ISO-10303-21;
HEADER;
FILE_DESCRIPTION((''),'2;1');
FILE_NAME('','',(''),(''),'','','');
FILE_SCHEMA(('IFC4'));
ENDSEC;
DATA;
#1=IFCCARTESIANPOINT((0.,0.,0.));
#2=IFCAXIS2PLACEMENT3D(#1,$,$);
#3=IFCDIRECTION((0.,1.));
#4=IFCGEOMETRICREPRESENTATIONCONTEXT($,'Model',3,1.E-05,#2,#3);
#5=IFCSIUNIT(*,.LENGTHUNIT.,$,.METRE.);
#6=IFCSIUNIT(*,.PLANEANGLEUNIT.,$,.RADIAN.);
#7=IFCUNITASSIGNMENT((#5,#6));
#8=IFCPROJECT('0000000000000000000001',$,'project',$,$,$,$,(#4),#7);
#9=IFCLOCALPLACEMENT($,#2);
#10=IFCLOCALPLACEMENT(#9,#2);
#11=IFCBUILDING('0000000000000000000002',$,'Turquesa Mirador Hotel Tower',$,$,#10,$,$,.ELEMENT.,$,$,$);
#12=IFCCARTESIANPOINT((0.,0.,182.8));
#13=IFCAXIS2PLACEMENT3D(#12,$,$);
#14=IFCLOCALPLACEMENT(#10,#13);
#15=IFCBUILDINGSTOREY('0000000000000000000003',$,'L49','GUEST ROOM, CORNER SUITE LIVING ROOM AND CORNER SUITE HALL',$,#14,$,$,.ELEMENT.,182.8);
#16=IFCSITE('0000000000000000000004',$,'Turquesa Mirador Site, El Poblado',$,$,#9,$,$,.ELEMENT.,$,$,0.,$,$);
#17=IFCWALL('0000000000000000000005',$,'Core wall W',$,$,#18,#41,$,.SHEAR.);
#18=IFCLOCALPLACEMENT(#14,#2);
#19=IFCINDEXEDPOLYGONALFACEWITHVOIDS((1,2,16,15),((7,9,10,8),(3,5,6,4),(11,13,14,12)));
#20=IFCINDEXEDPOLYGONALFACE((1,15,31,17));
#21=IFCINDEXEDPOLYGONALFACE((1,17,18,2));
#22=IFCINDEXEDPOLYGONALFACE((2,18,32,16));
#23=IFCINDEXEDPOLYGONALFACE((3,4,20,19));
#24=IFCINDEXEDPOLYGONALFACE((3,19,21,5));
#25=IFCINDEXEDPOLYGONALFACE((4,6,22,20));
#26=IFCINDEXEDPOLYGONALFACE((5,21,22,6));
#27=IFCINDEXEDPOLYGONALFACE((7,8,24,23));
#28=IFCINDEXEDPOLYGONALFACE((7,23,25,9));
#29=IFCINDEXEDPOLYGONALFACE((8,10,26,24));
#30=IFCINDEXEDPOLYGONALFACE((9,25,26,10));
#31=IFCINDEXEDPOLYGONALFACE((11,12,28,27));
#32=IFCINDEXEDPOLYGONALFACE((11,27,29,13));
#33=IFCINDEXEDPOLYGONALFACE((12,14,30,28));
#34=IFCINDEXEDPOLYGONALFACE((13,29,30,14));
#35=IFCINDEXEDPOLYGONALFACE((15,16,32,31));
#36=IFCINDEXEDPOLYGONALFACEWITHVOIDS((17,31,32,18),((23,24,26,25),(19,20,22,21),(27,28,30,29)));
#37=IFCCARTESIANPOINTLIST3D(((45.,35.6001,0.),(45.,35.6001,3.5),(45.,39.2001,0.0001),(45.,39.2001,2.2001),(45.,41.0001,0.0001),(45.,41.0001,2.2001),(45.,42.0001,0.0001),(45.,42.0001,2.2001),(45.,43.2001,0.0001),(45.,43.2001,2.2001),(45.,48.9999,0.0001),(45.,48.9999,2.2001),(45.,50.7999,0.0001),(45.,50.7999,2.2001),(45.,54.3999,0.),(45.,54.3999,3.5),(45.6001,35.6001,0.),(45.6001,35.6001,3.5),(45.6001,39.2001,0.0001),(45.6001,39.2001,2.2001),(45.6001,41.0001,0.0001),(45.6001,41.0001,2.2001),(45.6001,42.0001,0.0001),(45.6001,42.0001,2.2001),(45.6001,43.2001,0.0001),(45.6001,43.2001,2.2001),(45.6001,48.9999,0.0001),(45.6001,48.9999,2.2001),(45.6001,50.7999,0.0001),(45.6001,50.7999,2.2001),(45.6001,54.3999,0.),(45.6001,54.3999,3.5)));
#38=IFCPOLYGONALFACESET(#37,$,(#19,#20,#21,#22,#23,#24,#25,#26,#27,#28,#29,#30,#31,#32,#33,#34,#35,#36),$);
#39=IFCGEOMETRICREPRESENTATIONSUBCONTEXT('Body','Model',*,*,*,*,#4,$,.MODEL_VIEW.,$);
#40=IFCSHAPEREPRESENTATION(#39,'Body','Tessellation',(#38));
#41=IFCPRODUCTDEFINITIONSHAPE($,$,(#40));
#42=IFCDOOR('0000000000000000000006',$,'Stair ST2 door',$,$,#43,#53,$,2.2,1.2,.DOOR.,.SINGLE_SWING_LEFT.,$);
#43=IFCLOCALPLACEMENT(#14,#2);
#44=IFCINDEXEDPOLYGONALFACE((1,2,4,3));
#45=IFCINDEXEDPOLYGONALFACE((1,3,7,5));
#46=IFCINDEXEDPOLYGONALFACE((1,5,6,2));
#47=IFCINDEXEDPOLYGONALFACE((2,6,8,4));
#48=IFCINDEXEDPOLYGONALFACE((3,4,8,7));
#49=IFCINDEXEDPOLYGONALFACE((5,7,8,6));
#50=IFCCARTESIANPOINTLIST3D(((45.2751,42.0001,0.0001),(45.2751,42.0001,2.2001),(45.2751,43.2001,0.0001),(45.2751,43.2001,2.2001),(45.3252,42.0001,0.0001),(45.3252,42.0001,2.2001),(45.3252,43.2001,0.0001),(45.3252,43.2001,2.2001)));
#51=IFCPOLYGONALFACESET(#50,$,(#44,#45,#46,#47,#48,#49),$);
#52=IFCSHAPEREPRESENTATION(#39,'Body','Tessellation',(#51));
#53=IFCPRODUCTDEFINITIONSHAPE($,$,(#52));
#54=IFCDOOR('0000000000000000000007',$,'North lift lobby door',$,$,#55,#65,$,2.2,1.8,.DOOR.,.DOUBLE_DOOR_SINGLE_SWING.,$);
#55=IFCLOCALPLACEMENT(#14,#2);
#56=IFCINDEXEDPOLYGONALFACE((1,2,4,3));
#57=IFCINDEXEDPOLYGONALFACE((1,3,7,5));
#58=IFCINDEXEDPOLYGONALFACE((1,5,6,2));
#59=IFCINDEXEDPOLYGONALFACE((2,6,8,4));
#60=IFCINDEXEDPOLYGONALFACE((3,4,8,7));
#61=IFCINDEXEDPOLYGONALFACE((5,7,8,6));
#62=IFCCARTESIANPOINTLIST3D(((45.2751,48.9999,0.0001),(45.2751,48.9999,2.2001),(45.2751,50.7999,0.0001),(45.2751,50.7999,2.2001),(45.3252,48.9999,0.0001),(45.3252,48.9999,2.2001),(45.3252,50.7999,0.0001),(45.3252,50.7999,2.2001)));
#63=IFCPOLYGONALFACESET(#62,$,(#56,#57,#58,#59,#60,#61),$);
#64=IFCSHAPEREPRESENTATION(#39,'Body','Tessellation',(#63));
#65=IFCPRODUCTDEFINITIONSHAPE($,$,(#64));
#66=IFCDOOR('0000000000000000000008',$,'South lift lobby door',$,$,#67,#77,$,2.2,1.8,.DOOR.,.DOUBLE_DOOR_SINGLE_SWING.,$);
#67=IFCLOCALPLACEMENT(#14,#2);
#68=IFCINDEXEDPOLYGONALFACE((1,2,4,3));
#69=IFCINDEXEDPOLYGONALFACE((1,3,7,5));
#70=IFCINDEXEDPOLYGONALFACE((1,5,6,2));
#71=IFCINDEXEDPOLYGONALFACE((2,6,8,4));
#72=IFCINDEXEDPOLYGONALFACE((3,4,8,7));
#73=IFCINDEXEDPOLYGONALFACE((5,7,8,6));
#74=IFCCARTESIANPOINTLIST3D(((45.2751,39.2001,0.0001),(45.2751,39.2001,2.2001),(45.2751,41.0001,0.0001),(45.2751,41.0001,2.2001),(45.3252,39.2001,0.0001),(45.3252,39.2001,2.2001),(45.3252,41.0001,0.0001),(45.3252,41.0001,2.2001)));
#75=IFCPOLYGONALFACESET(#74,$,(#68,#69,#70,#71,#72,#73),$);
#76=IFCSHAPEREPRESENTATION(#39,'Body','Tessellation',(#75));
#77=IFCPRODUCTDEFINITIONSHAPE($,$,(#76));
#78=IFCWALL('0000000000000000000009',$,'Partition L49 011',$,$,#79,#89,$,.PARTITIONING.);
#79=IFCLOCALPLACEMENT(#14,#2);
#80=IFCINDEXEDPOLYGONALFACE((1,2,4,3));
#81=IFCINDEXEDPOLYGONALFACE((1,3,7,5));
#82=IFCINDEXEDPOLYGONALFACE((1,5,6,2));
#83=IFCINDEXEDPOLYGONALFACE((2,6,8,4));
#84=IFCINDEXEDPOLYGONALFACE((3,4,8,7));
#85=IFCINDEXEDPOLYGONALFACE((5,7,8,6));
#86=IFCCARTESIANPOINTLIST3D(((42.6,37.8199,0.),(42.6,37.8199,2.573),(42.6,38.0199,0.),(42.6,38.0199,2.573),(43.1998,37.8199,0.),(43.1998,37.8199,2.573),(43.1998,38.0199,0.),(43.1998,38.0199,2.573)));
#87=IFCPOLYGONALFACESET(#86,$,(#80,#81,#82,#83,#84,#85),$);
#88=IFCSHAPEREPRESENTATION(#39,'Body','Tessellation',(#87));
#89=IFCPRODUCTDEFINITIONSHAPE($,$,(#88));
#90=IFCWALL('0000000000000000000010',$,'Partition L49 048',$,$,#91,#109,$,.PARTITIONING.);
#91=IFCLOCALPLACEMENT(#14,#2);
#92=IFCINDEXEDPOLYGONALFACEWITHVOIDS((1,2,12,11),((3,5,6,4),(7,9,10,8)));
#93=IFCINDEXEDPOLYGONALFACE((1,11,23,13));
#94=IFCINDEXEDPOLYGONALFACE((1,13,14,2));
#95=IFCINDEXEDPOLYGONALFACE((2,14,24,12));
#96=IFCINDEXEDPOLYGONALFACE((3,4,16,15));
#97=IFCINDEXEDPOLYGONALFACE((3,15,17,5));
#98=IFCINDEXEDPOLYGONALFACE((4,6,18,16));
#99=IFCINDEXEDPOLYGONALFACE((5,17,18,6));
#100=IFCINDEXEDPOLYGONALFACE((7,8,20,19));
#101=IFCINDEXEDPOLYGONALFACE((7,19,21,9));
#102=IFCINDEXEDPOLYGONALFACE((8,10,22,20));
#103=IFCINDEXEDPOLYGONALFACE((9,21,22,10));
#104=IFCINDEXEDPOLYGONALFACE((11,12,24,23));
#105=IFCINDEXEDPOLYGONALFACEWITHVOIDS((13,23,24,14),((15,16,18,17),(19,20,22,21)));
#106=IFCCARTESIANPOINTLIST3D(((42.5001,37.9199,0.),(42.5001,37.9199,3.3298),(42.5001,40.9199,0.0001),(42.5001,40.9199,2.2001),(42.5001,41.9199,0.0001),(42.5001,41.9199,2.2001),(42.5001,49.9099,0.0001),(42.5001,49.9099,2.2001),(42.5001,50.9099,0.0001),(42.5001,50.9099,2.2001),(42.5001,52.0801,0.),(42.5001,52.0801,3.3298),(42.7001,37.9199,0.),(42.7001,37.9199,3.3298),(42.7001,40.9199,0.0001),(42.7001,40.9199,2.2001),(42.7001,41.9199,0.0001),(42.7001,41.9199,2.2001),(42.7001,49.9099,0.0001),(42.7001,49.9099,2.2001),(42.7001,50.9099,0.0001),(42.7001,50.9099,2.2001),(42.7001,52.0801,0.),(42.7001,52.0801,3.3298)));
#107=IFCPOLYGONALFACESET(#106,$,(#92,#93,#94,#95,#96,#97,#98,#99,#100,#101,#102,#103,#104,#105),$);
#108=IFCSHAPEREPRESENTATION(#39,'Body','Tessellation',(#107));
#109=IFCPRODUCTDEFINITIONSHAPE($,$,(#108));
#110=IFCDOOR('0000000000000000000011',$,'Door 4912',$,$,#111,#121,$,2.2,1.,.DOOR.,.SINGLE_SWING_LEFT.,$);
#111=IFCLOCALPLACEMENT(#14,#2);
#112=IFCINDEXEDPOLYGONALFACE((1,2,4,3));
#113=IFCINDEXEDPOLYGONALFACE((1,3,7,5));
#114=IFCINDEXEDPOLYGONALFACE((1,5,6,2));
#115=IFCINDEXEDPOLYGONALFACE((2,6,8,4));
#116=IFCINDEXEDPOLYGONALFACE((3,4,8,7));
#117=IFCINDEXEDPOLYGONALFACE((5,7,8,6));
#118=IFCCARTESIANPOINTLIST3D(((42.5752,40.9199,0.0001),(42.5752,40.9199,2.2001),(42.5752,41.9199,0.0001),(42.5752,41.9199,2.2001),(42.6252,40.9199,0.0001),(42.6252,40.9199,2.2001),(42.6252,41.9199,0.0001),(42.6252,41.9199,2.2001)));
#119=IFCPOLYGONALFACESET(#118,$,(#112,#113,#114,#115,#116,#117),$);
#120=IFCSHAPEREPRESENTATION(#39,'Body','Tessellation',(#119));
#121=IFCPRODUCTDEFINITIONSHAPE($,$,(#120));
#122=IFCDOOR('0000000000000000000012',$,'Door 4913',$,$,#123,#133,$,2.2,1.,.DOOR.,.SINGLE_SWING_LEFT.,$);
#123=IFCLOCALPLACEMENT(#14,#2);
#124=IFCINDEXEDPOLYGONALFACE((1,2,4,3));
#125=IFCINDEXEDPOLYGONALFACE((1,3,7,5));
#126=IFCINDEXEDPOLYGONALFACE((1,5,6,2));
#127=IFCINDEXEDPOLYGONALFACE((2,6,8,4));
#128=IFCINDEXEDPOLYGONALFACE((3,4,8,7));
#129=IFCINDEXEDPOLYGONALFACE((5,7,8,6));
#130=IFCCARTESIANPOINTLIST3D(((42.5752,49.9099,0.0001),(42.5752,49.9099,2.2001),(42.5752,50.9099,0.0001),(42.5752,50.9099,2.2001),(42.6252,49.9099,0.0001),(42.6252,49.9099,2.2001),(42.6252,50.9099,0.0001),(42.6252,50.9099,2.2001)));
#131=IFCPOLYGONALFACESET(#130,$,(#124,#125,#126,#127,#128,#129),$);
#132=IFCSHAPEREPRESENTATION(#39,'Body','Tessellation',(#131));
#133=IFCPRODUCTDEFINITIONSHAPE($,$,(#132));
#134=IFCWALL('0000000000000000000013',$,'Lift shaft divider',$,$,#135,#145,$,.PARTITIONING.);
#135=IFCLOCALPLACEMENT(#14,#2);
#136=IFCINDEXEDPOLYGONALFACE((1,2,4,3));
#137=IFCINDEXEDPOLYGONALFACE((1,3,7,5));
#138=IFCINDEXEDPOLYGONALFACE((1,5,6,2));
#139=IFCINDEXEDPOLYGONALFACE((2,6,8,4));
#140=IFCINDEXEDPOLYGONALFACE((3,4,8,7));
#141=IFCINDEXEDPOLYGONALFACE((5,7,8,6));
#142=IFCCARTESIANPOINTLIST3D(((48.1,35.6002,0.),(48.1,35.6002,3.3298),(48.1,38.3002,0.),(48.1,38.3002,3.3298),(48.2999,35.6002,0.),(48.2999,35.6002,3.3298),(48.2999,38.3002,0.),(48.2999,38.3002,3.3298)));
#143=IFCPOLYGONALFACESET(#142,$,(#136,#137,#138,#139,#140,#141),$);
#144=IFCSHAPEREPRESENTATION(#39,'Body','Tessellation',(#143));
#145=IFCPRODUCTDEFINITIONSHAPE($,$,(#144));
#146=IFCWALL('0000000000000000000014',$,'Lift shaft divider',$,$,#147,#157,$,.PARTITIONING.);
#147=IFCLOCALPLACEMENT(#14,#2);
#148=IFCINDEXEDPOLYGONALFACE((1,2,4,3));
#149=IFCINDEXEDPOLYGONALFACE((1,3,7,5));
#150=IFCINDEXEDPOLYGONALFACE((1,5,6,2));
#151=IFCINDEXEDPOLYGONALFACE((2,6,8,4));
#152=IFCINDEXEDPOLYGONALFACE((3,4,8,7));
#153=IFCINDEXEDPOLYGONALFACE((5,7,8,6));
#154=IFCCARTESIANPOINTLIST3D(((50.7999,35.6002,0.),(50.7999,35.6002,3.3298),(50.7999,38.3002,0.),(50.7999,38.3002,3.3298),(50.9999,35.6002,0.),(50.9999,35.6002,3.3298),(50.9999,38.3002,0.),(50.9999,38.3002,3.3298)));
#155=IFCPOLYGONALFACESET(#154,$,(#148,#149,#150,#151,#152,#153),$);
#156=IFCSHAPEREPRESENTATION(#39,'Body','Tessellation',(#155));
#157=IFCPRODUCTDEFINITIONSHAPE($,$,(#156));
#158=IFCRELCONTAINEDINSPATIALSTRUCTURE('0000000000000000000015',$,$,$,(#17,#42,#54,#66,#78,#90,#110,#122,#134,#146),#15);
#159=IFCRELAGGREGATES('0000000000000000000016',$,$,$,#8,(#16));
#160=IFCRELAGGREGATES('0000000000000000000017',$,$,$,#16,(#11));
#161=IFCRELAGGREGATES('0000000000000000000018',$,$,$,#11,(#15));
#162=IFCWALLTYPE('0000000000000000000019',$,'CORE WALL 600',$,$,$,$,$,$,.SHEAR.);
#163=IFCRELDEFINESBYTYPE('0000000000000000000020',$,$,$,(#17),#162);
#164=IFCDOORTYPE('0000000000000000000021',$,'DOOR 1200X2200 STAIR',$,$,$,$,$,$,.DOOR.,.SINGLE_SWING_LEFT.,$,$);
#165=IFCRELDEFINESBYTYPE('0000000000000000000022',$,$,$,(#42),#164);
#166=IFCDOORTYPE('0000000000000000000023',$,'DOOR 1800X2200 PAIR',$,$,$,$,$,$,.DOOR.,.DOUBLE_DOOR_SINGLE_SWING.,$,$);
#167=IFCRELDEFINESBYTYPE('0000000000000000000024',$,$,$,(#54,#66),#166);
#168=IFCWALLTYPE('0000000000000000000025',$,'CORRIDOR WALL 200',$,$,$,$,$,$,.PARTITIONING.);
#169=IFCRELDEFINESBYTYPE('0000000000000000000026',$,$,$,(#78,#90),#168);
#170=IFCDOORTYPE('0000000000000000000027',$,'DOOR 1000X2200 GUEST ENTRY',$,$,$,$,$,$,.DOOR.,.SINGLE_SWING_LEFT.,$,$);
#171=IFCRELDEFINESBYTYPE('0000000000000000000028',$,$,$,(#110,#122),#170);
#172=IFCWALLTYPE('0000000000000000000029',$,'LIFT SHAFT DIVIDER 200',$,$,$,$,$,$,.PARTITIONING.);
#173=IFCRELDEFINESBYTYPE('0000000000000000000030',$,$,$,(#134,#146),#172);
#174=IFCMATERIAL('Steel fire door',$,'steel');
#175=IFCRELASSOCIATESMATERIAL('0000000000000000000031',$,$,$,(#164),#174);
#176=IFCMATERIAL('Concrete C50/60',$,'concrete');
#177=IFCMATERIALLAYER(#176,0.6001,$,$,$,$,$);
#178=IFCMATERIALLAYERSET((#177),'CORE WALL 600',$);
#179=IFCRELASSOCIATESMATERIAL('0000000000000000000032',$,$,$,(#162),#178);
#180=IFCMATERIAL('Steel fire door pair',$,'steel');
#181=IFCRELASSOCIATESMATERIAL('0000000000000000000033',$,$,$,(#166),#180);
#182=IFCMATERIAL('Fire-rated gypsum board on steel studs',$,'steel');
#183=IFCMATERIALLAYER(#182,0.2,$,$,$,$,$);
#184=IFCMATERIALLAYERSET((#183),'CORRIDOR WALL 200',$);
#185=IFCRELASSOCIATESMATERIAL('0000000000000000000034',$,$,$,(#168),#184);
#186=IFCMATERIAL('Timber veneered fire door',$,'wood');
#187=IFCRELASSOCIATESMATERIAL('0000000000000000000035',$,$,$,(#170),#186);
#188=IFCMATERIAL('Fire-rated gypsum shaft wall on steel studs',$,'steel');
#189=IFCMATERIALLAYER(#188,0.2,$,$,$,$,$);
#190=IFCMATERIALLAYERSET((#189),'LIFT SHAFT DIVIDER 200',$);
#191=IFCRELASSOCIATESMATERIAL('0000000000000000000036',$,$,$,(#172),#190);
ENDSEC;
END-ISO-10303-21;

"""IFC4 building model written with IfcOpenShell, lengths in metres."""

from ifc_helpers import new_model, si_unit, direction, frame, frame_2d, origin, place, context, subcontext, project, spatial, rectangle, extrude, material, layer, layer_set, type_object, element, fill, save


model = new_model("IFC4")

# Units and contexts
model_context = context("Model", 3, precision=1e-05, world=origin(), true_north=direction((0.0, 1.0)))
body_context = subcontext(model_context, "Body", "Model", "MODEL_VIEW")
ifc_project = project(units=[si_unit("LENGTHUNIT", "METRE"), si_unit("PLANEANGLEUNIT", "RADIAN")], contexts=[model_context])

# Site, building, storey
site_placement = place(None, origin())
site = spatial("IfcSite", under=ifc_project, at=site_placement, Name="Turquesa Mirador Site, El Poblado", CompositionType="ELEMENT", RefElevation=0.0)
building_placement = place(site_placement, origin())
building = spatial("IfcBuilding", under=site, at=building_placement, Name="Turquesa Mirador Hotel Tower", CompositionType="ELEMENT")
storey_placement = place(building_placement, frame((0.0, 0.0, 182.8)))
storey = spatial("IfcBuildingStorey", under=building, at=storey_placement, Name="L49", Description="GUEST ROOM, CORNER SUITE LIVING ROOM AND CORNER SUITE HALL", CompositionType="ELEMENT", Elevation=182.8)

# Shared definitions
ifc_material_1 = material(Name="Steel fire door", Category="steel")
door_type_1 = type_object("IfcDoorType", Name="DOOR 1200X2200 STAIR", OperationType="SINGLE_SWING_LEFT", PredefinedType="DOOR", material=ifc_material_1)

# Wall, openings, doors
ifc_material_2 = material(Name="Concrete C50/60", Category="concrete")
ifc_layer_1 = layer(ifc_material_2, 0.6001)
ifc_layer_set_1 = layer_set([ifc_layer_1], Name="CORE WALL 600")
wall_type_1 = type_object("IfcWallType", Name="CORE WALL 600", PredefinedType="SHEAR", material=ifc_layer_set_1)
wall_1_placement = place(storey_placement, frame((45.3, 35.6001, 0.0), z_axis=(0.0, 0.0, 1.0), x_axis=(0.0, 1.0, 0.0)))
wall_1 = element("IfcWall", 1, at=wall_1_placement, inside=storey, type_object=wall_type_1, Name="Core wall W", PredefinedType="SHEAR", context=body_context, shape_type="SweptSolid", body=[
    extrude(rectangle(XDim=18.7998, YDim=0.6001, at=frame_2d((9.3999, 0.0))), origin(), (0.0, 0.0, 1.0), 3.5),
])
opening_1_placement = place(wall_1_placement, frame((13.3999, 0.0, 0.0)))
opening_1 = element("IfcOpeningElement", 2, at=opening_1_placement, cuts=wall_1, PredefinedType="OPENING", context=body_context, shape_type="SweptSolid", body=[
    extrude(rectangle(XDim=1.8, YDim=2.2, at=frame_2d((0.8999, 1.1001))), frame((0.0, 0.3101, 0.0), z_axis=(0.0, -1.0, 0.0), x_axis=(1.0, 0.0, 0.0)), (0.0, 0.0, 1.0), 0.6201),
])
opening_2_placement = place(wall_1_placement, frame((3.6001, 0.0, 0.0)))
opening_2 = element("IfcOpeningElement", 3, at=opening_2_placement, cuts=wall_1, PredefinedType="OPENING", context=body_context, shape_type="SweptSolid", body=[
    extrude(rectangle(XDim=1.8, YDim=2.2, at=frame_2d((0.8999, 1.1001))), frame((0.0, 0.3101, 0.0), z_axis=(0.0, -1.0, 0.0), x_axis=(1.0, 0.0, 0.0)), (0.0, 0.0, 1.0), 0.6201),
])
opening_3_placement = place(wall_1_placement, frame((6.3999, 0.0, 0.0)))
opening_3 = element("IfcOpeningElement", 4, at=opening_3_placement, cuts=wall_1, PredefinedType="OPENING", context=body_context, shape_type="SweptSolid", body=[
    extrude(rectangle(XDim=1.2, YDim=2.2, at=frame_2d((0.6001, 1.1001))), frame((0.0, 0.3101, 0.0), z_axis=(0.0, -1.0, 0.0), x_axis=(1.0, 0.0, 0.0)), (0.0, 0.0, 1.0), 0.6201),
])
door_1_placement = place(opening_3_placement, origin())
door_1 = element("IfcDoor", 5, at=door_1_placement, inside=storey, type_object=door_type_1, Name="Stair ST2 door", OperationType="SINGLE_SWING_LEFT", OverallHeight=2.2, OverallWidth=1.2, PredefinedType="DOOR", context=body_context, shape_type="SweptSolid", body=[
    extrude(rectangle(XDim=1.2, YDim=2.2, at=frame_2d((0.6001, 1.1001))), frame((0.0, 0.0249, 0.0), z_axis=(0.0, -1.0, 0.0), x_axis=(1.0, 0.0, 0.0)), (0.0, 0.0, 1.0), 0.05),
])
fill(opening_3, door_1)
ifc_material_3 = material(Name="Steel fire door pair", Category="steel")
door_type_2 = type_object("IfcDoorType", Name="DOOR 1800X2200 PAIR", OperationType="DOUBLE_DOOR_SINGLE_SWING", PredefinedType="DOOR", material=ifc_material_3)
door_2_placement = place(opening_1_placement, origin())
door_2 = element("IfcDoor", 6, at=door_2_placement, inside=storey, type_object=door_type_2, Name="North lift lobby door", OperationType="DOUBLE_DOOR_SINGLE_SWING", OverallHeight=2.2, OverallWidth=1.8, PredefinedType="DOOR", context=body_context, shape_type="SweptSolid", body=[
    extrude(rectangle(XDim=1.8, YDim=2.2, at=frame_2d((0.8999, 1.1001))), frame((0.0, 0.0249, 0.0), z_axis=(0.0, -1.0, 0.0), x_axis=(1.0, 0.0, 0.0)), (0.0, 0.0, 1.0), 0.05),
])
fill(opening_1, door_2)
door_3_placement = place(opening_2_placement, origin())
door_3 = element("IfcDoor", 7, at=door_3_placement, inside=storey, type_object=door_type_2, Name="South lift lobby door", OperationType="DOUBLE_DOOR_SINGLE_SWING", OverallHeight=2.2, OverallWidth=1.8, PredefinedType="DOOR", context=body_context, shape_type="SweptSolid", body=[
    extrude(rectangle(XDim=1.8, YDim=2.2, at=frame_2d((0.8999, 1.1001))), frame((0.0, 0.0249, 0.0), z_axis=(0.0, -1.0, 0.0), x_axis=(1.0, 0.0, 0.0)), (0.0, 0.0, 1.0), 0.05),
])
fill(opening_2, door_3)

# Wall
ifc_material_4 = material(Name="Fire-rated gypsum board on steel studs", Category="steel")
ifc_layer_2 = layer(ifc_material_4, 0.2)
ifc_layer_set_2 = layer_set([ifc_layer_2], Name="CORRIDOR WALL 200")
wall_type_2 = type_object("IfcWallType", Name="CORRIDOR WALL 200", PredefinedType="PARTITIONING", material=ifc_layer_set_2)
wall_2_placement = place(storey_placement, frame((42.6001, 37.9199, 0.0), z_axis=(0.0, 0.0, 1.0), x_axis=(1.0, 0.0, 0.0)))
element("IfcWall", 8, at=wall_2_placement, inside=storey, type_object=wall_type_2, Name="Partition L49 011", PredefinedType="PARTITIONING", context=body_context, shape_type="SweptSolid", body=[
    extrude(rectangle(XDim=0.5999, YDim=0.2, at=frame_2d((0.2998, 0.0))), origin(), (0.0, 0.0, 1.0), 2.573),
])

# Wall, openings, doors
wall_3_placement = place(storey_placement, frame((42.6001, 37.9199, 0.0), z_axis=(0.0, 0.0, 1.0), x_axis=(0.0, 1.0, 0.0)))
wall_3 = element("IfcWall", 9, at=wall_3_placement, inside=storey, type_object=wall_type_2, Name="Partition L49 048", PredefinedType="PARTITIONING", context=body_context, shape_type="SweptSolid", body=[
    extrude(rectangle(XDim=14.1602, YDim=0.2, at=frame_2d((7.0801, 0.0))), origin(), (0.0, 0.0, 1.0), 3.3298),
])
opening_4_placement = place(wall_3_placement, frame((3.0, 0.0, 0.0)))
opening_4 = element("IfcOpeningElement", 10, at=opening_4_placement, cuts=wall_3, PredefinedType="OPENING", context=body_context, shape_type="SweptSolid", body=[
    extrude(rectangle(XDim=1.0, YDim=2.2, at=frame_2d((0.5, 1.1001))), frame((0.0, 0.1099, 0.0), z_axis=(0.0, -1.0, 0.0), x_axis=(1.0, 0.0, 0.0)), (0.0, 0.0, 1.0), 0.22),
])
opening_5_placement = place(wall_3_placement, frame((11.99, 0.0, 0.0)))
opening_5 = element("IfcOpeningElement", 11, at=opening_5_placement, cuts=wall_3, PredefinedType="OPENING", context=body_context, shape_type="SweptSolid", body=[
    extrude(rectangle(XDim=1.0, YDim=2.2, at=frame_2d((0.5, 1.1001))), frame((0.0, 0.1099, 0.0), z_axis=(0.0, -1.0, 0.0), x_axis=(1.0, 0.0, 0.0)), (0.0, 0.0, 1.0), 0.22),
])
ifc_material_5 = material(Name="Timber veneered fire door", Category="wood")
door_type_3 = type_object("IfcDoorType", Name="DOOR 1000X2200 GUEST ENTRY", OperationType="SINGLE_SWING_LEFT", PredefinedType="DOOR", material=ifc_material_5)
door_4_placement = place(opening_4_placement, origin())
door_4 = element("IfcDoor", 12, at=door_4_placement, inside=storey, type_object=door_type_3, Name="Door 4912", OperationType="SINGLE_SWING_LEFT", OverallHeight=2.2, OverallWidth=1.0, PredefinedType="DOOR", context=body_context, shape_type="SweptSolid", body=[
    extrude(rectangle(XDim=1.0, YDim=2.2, at=frame_2d((0.5, 1.1001))), frame((0.0, 0.0249, 0.0), z_axis=(0.0, -1.0, 0.0), x_axis=(1.0, 0.0, 0.0)), (0.0, 0.0, 1.0), 0.05),
])
fill(opening_4, door_4)
door_5_placement = place(opening_5_placement, origin())
door_5 = element("IfcDoor", 13, at=door_5_placement, inside=storey, type_object=door_type_3, Name="Door 4913", OperationType="SINGLE_SWING_LEFT", OverallHeight=2.2, OverallWidth=1.0, PredefinedType="DOOR", context=body_context, shape_type="SweptSolid", body=[
    extrude(rectangle(XDim=1.0, YDim=2.2, at=frame_2d((0.5, 1.1001))), frame((0.0, 0.0249, 0.0), z_axis=(0.0, -1.0, 0.0), x_axis=(1.0, 0.0, 0.0)), (0.0, 0.0, 1.0), 0.05),
])
fill(opening_5, door_5)

# Walls
ifc_material_6 = material(Name="Fire-rated gypsum shaft wall on steel studs", Category="steel")
ifc_layer_3 = layer(ifc_material_6, 0.2)
ifc_layer_set_3 = layer_set([ifc_layer_3], Name="LIFT SHAFT DIVIDER 200")
wall_type_3 = type_object("IfcWallType", Name="LIFT SHAFT DIVIDER 200", PredefinedType="PARTITIONING", material=ifc_layer_set_3)
for number, where, z_axis, x_axis, name in (
    (14, (48.2, 35.6001, 0.0), (0.0, 0.0, 1.0), (0.0, 1.0, 0.0), "Lift shaft divider"),
    (15, (50.8999, 35.6001, 0.0), (0.0, 0.0, 1.0), (0.0, 1.0, 0.0), "Lift shaft divider"),
):
    element("IfcWall", number, at=place(storey_placement, frame(where, z_axis=z_axis, x_axis=x_axis)), inside=storey, type_object=wall_type_3, Name=name, PredefinedType="PARTITIONING", context=body_context, shape_type="SweptSolid", body=[
        extrude(rectangle(XDim=2.7, YDim=0.2, at=frame_2d((1.3501, 0.0))), origin(), (0.0, 0.0, 1.0), 3.3298),
    ])

save(model, "model.ifc")
